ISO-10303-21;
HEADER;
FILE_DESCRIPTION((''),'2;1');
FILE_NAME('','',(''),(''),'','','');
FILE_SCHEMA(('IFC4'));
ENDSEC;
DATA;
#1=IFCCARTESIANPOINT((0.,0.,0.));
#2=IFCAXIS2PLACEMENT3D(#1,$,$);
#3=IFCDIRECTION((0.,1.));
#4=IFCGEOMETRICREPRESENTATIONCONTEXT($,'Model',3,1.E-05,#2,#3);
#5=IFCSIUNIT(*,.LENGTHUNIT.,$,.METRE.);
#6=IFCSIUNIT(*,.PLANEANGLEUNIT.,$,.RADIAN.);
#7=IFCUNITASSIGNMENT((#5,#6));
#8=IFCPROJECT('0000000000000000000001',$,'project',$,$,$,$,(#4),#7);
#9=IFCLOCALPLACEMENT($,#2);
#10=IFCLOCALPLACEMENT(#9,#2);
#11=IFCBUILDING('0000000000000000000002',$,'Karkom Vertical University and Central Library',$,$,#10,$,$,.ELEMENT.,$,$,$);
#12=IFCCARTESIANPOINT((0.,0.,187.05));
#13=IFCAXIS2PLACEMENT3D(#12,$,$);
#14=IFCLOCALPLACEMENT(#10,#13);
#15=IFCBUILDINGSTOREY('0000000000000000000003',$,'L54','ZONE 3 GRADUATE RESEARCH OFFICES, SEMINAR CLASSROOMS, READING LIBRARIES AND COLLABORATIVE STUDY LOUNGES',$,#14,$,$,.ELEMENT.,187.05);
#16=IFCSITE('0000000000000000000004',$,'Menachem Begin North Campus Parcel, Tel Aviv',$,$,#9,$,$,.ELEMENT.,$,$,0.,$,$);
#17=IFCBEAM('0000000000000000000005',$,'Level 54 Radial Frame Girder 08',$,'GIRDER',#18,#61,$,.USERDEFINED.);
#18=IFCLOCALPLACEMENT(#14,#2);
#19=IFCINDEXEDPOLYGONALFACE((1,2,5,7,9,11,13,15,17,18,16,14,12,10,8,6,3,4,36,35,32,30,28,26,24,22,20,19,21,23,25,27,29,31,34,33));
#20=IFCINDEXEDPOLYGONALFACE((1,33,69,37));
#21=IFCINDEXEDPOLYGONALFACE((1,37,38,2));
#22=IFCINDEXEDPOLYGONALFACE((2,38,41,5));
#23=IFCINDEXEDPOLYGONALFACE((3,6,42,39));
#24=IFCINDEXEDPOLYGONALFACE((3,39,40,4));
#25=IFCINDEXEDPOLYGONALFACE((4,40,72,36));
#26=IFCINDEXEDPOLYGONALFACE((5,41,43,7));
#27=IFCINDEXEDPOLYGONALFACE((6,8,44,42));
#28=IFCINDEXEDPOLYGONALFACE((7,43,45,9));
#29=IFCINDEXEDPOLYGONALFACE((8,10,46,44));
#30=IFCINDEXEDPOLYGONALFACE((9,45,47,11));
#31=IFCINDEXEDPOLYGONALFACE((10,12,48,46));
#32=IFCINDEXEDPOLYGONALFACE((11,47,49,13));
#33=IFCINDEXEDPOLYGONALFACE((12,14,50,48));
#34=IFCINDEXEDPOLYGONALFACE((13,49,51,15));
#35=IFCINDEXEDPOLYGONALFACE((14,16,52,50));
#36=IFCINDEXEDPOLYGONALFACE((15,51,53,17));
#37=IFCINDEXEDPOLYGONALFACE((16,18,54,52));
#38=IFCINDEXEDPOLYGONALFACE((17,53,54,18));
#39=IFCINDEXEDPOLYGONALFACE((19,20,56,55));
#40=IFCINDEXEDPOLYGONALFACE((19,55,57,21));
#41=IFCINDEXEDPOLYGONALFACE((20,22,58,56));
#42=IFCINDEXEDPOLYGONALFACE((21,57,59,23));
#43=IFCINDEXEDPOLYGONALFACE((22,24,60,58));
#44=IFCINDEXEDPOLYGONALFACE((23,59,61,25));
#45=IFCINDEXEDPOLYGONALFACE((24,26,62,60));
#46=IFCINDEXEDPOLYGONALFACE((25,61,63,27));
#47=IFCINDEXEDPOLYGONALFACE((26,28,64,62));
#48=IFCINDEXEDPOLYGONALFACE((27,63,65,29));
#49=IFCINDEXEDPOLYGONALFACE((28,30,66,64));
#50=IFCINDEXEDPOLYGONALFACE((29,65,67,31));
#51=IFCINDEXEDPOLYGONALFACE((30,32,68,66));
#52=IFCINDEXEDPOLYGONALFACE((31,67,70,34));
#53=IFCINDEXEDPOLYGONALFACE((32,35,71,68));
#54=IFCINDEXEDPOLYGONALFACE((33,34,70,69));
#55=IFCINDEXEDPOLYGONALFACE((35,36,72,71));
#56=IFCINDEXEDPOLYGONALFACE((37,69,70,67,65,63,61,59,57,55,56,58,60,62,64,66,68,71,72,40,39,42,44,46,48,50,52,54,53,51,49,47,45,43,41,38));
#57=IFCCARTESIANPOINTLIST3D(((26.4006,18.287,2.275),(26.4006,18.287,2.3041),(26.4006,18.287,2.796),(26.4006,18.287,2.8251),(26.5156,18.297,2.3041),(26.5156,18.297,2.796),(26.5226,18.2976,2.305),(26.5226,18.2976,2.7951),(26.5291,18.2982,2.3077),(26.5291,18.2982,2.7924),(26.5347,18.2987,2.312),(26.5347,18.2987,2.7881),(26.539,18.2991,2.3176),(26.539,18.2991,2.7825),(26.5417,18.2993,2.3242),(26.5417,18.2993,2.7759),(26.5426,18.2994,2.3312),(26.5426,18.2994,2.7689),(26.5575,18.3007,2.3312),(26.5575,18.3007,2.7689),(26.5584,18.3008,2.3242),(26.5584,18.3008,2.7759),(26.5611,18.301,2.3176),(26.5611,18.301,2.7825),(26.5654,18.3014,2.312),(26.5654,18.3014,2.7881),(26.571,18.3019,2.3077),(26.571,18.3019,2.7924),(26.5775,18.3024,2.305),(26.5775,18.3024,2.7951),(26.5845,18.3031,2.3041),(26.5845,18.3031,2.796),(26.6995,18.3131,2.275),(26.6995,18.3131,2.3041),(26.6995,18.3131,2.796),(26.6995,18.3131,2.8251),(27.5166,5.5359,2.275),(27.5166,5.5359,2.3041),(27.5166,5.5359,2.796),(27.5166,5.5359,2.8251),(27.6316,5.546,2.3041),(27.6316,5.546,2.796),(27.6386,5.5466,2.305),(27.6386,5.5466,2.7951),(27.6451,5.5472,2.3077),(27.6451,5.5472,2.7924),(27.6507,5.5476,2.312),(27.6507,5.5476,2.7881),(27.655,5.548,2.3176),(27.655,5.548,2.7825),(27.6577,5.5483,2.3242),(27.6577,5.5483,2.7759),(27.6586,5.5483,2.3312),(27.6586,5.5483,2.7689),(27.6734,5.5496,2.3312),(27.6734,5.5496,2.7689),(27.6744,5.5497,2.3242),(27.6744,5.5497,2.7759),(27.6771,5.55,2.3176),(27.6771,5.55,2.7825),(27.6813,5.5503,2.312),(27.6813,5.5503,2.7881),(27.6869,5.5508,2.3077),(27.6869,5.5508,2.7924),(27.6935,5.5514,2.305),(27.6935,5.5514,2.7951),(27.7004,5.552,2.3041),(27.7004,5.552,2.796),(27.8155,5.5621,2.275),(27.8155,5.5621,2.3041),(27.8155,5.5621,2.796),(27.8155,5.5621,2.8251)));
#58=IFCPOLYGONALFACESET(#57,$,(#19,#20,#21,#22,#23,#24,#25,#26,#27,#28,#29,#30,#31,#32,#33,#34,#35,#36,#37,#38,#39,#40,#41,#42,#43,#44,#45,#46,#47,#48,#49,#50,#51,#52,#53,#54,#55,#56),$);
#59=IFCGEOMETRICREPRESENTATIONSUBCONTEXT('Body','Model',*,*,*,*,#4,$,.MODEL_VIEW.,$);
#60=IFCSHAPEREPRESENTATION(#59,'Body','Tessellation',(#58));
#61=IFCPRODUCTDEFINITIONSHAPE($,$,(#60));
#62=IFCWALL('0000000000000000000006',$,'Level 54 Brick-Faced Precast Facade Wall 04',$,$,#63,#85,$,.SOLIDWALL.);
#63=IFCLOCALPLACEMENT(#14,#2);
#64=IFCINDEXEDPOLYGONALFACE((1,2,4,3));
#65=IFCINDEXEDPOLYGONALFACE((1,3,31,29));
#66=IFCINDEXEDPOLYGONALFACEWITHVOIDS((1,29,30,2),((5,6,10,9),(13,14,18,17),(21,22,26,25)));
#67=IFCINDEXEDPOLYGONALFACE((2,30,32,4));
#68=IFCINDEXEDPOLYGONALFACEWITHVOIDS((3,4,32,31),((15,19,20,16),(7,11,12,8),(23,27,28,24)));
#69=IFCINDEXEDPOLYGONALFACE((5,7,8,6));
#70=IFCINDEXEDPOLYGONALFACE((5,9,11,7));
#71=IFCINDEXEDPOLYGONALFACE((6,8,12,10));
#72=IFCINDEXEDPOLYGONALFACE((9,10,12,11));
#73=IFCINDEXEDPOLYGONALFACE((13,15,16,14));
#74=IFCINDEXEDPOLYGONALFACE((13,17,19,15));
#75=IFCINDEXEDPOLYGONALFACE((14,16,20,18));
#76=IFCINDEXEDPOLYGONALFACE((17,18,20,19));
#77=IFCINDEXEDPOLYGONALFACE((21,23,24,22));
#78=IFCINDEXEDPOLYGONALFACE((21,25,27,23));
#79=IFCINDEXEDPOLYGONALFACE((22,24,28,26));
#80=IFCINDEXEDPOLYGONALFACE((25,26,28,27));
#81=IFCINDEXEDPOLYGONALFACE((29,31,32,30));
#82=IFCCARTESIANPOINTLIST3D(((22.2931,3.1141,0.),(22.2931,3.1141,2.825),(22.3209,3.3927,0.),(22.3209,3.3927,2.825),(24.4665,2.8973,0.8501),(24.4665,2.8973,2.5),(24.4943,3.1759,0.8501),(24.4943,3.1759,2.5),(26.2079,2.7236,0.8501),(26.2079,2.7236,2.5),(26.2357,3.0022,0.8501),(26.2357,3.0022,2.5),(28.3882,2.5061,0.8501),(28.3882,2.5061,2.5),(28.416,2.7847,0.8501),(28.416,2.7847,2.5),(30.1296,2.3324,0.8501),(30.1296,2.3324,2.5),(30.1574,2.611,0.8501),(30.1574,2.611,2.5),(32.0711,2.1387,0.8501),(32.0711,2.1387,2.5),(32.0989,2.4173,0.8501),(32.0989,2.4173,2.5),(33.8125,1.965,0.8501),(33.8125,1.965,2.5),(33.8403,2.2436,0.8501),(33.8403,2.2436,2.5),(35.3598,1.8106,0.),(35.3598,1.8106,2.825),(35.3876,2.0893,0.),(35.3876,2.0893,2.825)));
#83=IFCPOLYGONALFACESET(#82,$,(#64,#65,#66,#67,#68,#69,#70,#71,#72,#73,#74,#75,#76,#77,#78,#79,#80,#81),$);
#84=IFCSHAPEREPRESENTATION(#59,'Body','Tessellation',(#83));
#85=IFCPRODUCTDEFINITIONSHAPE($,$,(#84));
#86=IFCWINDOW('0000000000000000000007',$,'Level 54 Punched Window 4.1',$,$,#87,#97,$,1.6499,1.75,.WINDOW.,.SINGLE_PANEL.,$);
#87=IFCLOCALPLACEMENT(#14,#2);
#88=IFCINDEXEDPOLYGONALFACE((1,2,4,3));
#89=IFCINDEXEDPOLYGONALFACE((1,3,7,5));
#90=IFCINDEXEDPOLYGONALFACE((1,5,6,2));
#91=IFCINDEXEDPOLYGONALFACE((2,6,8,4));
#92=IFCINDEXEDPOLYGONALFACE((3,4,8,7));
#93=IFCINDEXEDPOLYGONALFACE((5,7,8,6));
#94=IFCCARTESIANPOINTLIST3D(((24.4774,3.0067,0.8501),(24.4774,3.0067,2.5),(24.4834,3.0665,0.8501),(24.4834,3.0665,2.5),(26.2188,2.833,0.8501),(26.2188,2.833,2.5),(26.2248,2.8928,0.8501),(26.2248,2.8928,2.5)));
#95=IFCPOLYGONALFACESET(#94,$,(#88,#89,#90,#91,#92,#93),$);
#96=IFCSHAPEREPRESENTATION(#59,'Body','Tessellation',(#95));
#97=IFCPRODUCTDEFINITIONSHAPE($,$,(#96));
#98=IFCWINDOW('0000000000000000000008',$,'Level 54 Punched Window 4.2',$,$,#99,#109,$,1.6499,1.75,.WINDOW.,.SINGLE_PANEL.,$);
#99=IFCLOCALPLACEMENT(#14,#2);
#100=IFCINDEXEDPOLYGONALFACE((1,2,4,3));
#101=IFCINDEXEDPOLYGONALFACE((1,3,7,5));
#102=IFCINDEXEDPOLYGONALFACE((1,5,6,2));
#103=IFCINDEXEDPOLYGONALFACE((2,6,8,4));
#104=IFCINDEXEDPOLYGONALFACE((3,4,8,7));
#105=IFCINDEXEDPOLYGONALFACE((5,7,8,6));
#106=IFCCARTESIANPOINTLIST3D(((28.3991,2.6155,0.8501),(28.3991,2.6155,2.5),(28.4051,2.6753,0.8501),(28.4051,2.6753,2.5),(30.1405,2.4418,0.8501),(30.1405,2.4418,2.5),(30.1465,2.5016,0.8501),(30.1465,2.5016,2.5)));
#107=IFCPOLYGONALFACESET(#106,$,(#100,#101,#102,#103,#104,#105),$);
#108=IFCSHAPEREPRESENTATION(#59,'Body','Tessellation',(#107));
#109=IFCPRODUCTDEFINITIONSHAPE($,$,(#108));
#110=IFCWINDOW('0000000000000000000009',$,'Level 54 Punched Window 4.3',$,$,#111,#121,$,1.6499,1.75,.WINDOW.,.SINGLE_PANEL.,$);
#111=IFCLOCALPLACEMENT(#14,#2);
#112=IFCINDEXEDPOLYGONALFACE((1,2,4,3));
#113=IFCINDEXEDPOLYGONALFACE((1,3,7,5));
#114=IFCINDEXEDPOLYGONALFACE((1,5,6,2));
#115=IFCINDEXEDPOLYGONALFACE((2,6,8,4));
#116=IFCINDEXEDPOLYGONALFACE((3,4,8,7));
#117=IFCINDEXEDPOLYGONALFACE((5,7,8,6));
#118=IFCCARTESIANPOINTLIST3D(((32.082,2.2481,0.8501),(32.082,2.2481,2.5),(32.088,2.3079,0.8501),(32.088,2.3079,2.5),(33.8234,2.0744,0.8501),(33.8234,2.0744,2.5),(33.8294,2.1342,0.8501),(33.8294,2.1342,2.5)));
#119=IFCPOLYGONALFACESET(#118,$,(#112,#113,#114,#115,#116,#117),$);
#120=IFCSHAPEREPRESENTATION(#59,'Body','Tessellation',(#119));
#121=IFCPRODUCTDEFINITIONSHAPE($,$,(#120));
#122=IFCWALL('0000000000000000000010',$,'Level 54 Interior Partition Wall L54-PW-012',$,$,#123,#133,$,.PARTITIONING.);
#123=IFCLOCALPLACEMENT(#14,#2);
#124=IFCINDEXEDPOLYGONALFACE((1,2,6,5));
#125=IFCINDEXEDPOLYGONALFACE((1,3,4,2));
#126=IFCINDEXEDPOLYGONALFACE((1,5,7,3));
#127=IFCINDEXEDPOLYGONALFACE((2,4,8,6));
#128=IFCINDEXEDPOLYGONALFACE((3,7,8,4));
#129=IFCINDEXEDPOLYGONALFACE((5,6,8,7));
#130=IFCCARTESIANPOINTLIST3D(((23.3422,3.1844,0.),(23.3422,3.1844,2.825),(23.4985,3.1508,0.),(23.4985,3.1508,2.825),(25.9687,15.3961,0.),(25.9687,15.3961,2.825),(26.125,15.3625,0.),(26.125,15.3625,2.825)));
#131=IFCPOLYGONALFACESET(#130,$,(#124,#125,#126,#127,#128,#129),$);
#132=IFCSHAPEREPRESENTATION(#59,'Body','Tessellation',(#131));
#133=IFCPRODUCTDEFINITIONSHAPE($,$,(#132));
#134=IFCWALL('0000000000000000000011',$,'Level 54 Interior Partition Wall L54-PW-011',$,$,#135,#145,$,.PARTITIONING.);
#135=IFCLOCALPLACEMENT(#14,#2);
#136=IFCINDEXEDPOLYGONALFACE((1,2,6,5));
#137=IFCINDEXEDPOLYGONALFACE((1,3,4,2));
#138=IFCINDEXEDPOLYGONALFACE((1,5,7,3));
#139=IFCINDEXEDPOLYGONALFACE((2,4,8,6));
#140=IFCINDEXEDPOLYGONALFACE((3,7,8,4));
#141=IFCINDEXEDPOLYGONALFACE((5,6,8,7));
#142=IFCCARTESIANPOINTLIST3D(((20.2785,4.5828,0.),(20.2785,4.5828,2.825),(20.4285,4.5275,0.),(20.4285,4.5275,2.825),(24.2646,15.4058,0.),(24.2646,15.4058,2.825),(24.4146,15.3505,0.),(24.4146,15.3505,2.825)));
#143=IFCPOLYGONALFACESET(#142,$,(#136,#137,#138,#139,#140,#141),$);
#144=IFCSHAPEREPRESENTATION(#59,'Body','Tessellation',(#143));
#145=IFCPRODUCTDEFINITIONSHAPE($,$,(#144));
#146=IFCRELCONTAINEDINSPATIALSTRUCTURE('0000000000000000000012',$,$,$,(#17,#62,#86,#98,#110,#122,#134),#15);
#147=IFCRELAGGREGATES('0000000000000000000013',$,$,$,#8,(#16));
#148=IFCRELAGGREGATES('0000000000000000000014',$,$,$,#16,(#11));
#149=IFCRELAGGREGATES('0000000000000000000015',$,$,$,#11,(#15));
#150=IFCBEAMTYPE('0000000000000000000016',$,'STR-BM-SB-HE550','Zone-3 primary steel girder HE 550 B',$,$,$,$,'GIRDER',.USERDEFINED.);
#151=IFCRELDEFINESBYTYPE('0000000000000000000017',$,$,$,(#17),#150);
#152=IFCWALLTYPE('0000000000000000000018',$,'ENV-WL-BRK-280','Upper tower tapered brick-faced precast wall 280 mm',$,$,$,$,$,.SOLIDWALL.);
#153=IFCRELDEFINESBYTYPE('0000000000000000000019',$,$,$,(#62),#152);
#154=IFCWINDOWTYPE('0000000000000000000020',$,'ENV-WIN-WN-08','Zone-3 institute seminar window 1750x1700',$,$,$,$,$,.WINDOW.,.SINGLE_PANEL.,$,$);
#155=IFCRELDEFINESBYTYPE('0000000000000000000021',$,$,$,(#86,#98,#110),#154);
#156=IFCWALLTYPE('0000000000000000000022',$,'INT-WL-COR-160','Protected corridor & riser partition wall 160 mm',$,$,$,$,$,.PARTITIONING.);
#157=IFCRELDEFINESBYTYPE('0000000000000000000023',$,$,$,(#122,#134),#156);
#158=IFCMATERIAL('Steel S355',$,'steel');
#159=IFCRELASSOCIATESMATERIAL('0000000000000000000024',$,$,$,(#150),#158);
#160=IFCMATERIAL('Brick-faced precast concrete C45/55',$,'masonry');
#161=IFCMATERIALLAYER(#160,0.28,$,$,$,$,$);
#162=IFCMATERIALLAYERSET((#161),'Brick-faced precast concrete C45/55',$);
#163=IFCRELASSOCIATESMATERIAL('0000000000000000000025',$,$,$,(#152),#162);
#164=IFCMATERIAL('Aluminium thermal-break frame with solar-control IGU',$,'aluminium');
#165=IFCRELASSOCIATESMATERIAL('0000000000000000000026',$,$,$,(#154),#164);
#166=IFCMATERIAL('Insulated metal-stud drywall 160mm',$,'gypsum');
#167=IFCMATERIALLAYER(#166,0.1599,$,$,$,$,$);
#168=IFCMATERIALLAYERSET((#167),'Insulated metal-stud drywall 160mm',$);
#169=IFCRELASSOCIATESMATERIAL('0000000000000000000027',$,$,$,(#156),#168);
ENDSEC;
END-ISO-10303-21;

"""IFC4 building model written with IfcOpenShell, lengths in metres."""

from ifc_helpers import new_model, si_unit, direction, frame, frame_2d, origin, origin_with_axes, origin_2d, place, context, subcontext, project, spatial, rectangle, i_section, extrude, source, transform, mapped, material, layer, layer_set, material_profile, profile_set, type_object, element, fill, save


model = new_model("IFC4")

# Units and contexts
model_context = context("Model", 3, precision=1e-05, world=origin(), true_north=direction((0.0, 1.0)))
body_context = subcontext(model_context, "Body", "Model", "MODEL_VIEW")
ifc_project = project(units=[si_unit("LENGTHUNIT", "METRE"), si_unit("PLANEANGLEUNIT", "RADIAN")], contexts=[model_context])

# Site, building, storey
site_placement = place(None, origin())
site = spatial("IfcSite", under=ifc_project, at=site_placement, Name="Menachem Begin North Campus Parcel, Tel Aviv", CompositionType="ELEMENT", RefElevation=0.0)
building_placement = place(site_placement, origin())
building = spatial("IfcBuilding", under=site, at=building_placement, Name="Karkom Vertical University and Central Library", CompositionType="ELEMENT")
storey_placement = place(building_placement, frame((0.0, 0.0, 187.05)))
storey = spatial("IfcBuildingStorey", under=building, at=storey_placement, Name="L54", Description="ZONE 3 GRADUATE RESEARCH OFFICES, SEMINAR CLASSROOMS, READING LIBRARIES AND COLLABORATIVE STUDY LOUNGES", CompositionType="ELEMENT", Elevation=187.05)

# Beam
ifc_material_1 = material(Name="Steel S355", Category="steel")
ifc_material_profile_1 = material_profile(ifc_material_1, i_section(OverallWidth=0.3, OverallDepth=0.55, WebThickness=0.0149, FlangeThickness=0.0291, FilletRadius=0.0271, at=origin_2d()), Name="HE 550 B")
ifc_profile_set_1 = profile_set([ifc_material_profile_1], Name="Steel S355")
beam_type_1 = type_object("IfcBeamType", Name="STR-BM-SB-HE550", Description="Zone-3 primary steel girder HE 550 B", ElementType="GIRDER", PredefinedType="USERDEFINED", material=ifc_profile_set_1)
shared_shape_1 = source(origin_with_axes(), body_context, "Body", "SweptSolid", [
    extrude(i_section(OverallWidth=0.3, OverallDepth=0.55, WebThickness=0.0149, FlangeThickness=0.0291, FilletRadius=0.0271, at=origin_2d()), origin(), (0.0, 0.0, 1.0), 12.7998),
])
beam_1_placement = place(storey_placement, frame((26.55, 18.3, 2.55), z_axis=(0.087187, -0.996192, 0.0), x_axis=(0.996192, 0.087187, 0.0)))
element("IfcBeam", 1, at=beam_1_placement, inside=storey, type_object=beam_type_1, Name="Level 54 Radial Frame Girder 08", ObjectType="GIRDER", PredefinedType="USERDEFINED", context=body_context, shape_type="MappedRepresentation", body=[
    mapped(shared_shape_1, transform((0.0, 0.0, 0.0), scale=1.0)),
])

# Wall, openings, windows
ifc_material_2 = material(Name="Brick-faced precast concrete C45/55", Category="masonry")
ifc_layer_1 = layer(ifc_material_2, 0.28)
ifc_layer_set_1 = layer_set([ifc_layer_1], Name="Brick-faced precast concrete C45/55")
wall_type_1 = type_object("IfcWallType", Name="ENV-WL-BRK-280", Description="Upper tower tapered brick-faced precast wall 280 mm", PredefinedType="SOLIDWALL", material=ifc_layer_set_1)
wall_1_placement = place(storey_placement, frame((22.3069, 3.2534, 0.0), z_axis=(0.0, 0.0, 1.0), x_axis=(0.995061, -0.099263, 0.0)))
wall_1 = element("IfcWall", 2, at=wall_1_placement, inside=storey, type_object=wall_type_1, Name="Level 54 Brick-Faced Precast Facade Wall 04", PredefinedType="SOLIDWALL", context=body_context, shape_type="SweptSolid", body=[
    extrude(rectangle(XDim=13.1316, YDim=0.28, at=frame_2d((6.5659, 0.0))), origin(), (0.0, 0.0, 1.0), 2.825),
])
opening_1_placement = place(wall_1_placement, frame((2.1843, 0.0, 0.8501)))
opening_1 = element("IfcOpeningElement", 3, at=opening_1_placement, cuts=wall_1, PredefinedType="OPENING", context=body_context, shape_type="SweptSolid", body=[
    extrude(rectangle(XDim=1.75, YDim=1.6499, at=frame_2d((0.875, 0.825))), frame((0.0, 0.1499, 0.0), z_axis=(0.0, -1.0, 0.0), x_axis=(1.0, 0.0, 0.0)), (0.0, 0.0, 1.0), 0.3),
])
opening_2_placement = place(wall_1_placement, frame((6.1255, 0.0, 0.8501)))
opening_2 = element("IfcOpeningElement", 4, at=opening_2_placement, cuts=wall_1, PredefinedType="OPENING", context=body_context, shape_type="SweptSolid", body=[
    extrude(rectangle(XDim=1.75, YDim=1.6499, at=frame_2d((0.875, 0.825))), frame((0.0, 0.1499, 0.0), z_axis=(0.0, -1.0, 0.0), x_axis=(1.0, 0.0, 0.0)), (0.0, 0.0, 1.0), 0.3),
])
opening_3_placement = place(wall_1_placement, frame((9.8267, 0.0, 0.8501)))
opening_3 = element("IfcOpeningElement", 5, at=opening_3_placement, cuts=wall_1, PredefinedType="OPENING", context=body_context, shape_type="SweptSolid", body=[
    extrude(rectangle(XDim=1.75, YDim=1.6499, at=frame_2d((0.875, 0.825))), frame((0.0, 0.1499, 0.0), z_axis=(0.0, -1.0, 0.0), x_axis=(1.0, 0.0, 0.0)), (0.0, 0.0, 1.0), 0.3),
])
ifc_material_3 = material(Name="Aluminium thermal-break frame with solar-control IGU", Category="aluminium")
window_type = type_object("IfcWindowType", Name="ENV-WIN-WN-08", Description="Zone-3 institute seminar window 1750x1700", PartitioningType="SINGLE_PANEL", PredefinedType="WINDOW", material=ifc_material_3)
shared_shape_2 = source(origin_with_axes(), body_context, "Body", "SweptSolid", [
    extrude(rectangle(XDim=1.75, YDim=1.6499, at=frame_2d((0.875, 0.825))), frame((0.0, 0.03, 0.0), z_axis=(0.0, -1.0, 0.0), x_axis=(1.0, 0.0, 0.0)), (0.0, 0.0, 1.0), 0.0601),
])
window_1_placement = place(opening_1_placement, origin())
window_1 = element("IfcWindow", 6, at=window_1_placement, inside=storey, type_object=window_type, Name="Level 54 Punched Window 4.1", OverallHeight=1.6499, OverallWidth=1.75, PartitioningType="SINGLE_PANEL", PredefinedType="WINDOW", context=body_context, shape_type="MappedRepresentation", body=[
    mapped(shared_shape_2, transform((0.0, 0.0, 0.0), scale=1.0)),
])
fill(opening_1, window_1)
window_2_placement = place(opening_2_placement, origin())
window_2 = element("IfcWindow", 7, at=window_2_placement, inside=storey, type_object=window_type, Name="Level 54 Punched Window 4.2", OverallHeight=1.6499, OverallWidth=1.75, PartitioningType="SINGLE_PANEL", PredefinedType="WINDOW", context=body_context, shape_type="MappedRepresentation", body=[
    mapped(shared_shape_2, transform((0.0, 0.0, 0.0), scale=1.0)),
])
fill(opening_2, window_2)
window_3_placement = place(opening_3_placement, origin())
window_3 = element("IfcWindow", 8, at=window_3_placement, inside=storey, type_object=window_type, Name="Level 54 Punched Window 4.3", OverallHeight=1.6499, OverallWidth=1.75, PartitioningType="SINGLE_PANEL", PredefinedType="WINDOW", context=body_context, shape_type="MappedRepresentation", body=[
    mapped(shared_shape_2, transform((0.0, 0.0, 0.0), scale=1.0)),
])
fill(opening_3, window_3)

# Walls
ifc_material_4 = material(Name="Insulated metal-stud drywall 160mm", Category="gypsum")
ifc_layer_2 = layer(ifc_material_4, 0.1599)
ifc_layer_set_2 = layer_set([ifc_layer_2], Name="Insulated metal-stud drywall 160mm")
wall_type_2 = type_object("IfcWallType", Name="INT-WL-COR-160", Description="Protected corridor & riser partition wall 160 mm", PredefinedType="PARTITIONING", material=ifc_layer_set_2)
wall_2_placement = place(storey_placement, frame((26.0469, 15.3794, 0.0), z_axis=(0.0, 0.0, 1.0), x_axis=(-0.21027, -0.977643, 0.0)))
element("IfcWall", 9, at=wall_2_placement, inside=storey, type_object=wall_type_2, Name="Level 54 Interior Partition Wall L54-PW-012", PredefinedType="PARTITIONING", context=body_context, shape_type="SweptSolid", body=[
    extrude(rectangle(XDim=12.491, YDim=0.1599, at=frame_2d((6.2456, 0.0))), origin(), (0.0, 0.0, 1.0), 2.825),
])
wall_3_placement = place(storey_placement, frame((24.3396, 15.3782, 0.0), z_axis=(0.0, 0.0, 1.0), x_axis=(-0.345603, -0.938381, 0.0)))
element("IfcWall", 10, at=wall_3_placement, inside=storey, type_object=wall_type_2, Name="Level 54 Interior Partition Wall L54-PW-011", PredefinedType="PARTITIONING", context=body_context, shape_type="SweptSolid", body=[
    extrude(rectangle(XDim=11.5337, YDim=0.1599, at=frame_2d((5.7668, 0.0))), origin(), (0.0, 0.0, 1.0), 2.825),
])

save(model, "model.ifc")
